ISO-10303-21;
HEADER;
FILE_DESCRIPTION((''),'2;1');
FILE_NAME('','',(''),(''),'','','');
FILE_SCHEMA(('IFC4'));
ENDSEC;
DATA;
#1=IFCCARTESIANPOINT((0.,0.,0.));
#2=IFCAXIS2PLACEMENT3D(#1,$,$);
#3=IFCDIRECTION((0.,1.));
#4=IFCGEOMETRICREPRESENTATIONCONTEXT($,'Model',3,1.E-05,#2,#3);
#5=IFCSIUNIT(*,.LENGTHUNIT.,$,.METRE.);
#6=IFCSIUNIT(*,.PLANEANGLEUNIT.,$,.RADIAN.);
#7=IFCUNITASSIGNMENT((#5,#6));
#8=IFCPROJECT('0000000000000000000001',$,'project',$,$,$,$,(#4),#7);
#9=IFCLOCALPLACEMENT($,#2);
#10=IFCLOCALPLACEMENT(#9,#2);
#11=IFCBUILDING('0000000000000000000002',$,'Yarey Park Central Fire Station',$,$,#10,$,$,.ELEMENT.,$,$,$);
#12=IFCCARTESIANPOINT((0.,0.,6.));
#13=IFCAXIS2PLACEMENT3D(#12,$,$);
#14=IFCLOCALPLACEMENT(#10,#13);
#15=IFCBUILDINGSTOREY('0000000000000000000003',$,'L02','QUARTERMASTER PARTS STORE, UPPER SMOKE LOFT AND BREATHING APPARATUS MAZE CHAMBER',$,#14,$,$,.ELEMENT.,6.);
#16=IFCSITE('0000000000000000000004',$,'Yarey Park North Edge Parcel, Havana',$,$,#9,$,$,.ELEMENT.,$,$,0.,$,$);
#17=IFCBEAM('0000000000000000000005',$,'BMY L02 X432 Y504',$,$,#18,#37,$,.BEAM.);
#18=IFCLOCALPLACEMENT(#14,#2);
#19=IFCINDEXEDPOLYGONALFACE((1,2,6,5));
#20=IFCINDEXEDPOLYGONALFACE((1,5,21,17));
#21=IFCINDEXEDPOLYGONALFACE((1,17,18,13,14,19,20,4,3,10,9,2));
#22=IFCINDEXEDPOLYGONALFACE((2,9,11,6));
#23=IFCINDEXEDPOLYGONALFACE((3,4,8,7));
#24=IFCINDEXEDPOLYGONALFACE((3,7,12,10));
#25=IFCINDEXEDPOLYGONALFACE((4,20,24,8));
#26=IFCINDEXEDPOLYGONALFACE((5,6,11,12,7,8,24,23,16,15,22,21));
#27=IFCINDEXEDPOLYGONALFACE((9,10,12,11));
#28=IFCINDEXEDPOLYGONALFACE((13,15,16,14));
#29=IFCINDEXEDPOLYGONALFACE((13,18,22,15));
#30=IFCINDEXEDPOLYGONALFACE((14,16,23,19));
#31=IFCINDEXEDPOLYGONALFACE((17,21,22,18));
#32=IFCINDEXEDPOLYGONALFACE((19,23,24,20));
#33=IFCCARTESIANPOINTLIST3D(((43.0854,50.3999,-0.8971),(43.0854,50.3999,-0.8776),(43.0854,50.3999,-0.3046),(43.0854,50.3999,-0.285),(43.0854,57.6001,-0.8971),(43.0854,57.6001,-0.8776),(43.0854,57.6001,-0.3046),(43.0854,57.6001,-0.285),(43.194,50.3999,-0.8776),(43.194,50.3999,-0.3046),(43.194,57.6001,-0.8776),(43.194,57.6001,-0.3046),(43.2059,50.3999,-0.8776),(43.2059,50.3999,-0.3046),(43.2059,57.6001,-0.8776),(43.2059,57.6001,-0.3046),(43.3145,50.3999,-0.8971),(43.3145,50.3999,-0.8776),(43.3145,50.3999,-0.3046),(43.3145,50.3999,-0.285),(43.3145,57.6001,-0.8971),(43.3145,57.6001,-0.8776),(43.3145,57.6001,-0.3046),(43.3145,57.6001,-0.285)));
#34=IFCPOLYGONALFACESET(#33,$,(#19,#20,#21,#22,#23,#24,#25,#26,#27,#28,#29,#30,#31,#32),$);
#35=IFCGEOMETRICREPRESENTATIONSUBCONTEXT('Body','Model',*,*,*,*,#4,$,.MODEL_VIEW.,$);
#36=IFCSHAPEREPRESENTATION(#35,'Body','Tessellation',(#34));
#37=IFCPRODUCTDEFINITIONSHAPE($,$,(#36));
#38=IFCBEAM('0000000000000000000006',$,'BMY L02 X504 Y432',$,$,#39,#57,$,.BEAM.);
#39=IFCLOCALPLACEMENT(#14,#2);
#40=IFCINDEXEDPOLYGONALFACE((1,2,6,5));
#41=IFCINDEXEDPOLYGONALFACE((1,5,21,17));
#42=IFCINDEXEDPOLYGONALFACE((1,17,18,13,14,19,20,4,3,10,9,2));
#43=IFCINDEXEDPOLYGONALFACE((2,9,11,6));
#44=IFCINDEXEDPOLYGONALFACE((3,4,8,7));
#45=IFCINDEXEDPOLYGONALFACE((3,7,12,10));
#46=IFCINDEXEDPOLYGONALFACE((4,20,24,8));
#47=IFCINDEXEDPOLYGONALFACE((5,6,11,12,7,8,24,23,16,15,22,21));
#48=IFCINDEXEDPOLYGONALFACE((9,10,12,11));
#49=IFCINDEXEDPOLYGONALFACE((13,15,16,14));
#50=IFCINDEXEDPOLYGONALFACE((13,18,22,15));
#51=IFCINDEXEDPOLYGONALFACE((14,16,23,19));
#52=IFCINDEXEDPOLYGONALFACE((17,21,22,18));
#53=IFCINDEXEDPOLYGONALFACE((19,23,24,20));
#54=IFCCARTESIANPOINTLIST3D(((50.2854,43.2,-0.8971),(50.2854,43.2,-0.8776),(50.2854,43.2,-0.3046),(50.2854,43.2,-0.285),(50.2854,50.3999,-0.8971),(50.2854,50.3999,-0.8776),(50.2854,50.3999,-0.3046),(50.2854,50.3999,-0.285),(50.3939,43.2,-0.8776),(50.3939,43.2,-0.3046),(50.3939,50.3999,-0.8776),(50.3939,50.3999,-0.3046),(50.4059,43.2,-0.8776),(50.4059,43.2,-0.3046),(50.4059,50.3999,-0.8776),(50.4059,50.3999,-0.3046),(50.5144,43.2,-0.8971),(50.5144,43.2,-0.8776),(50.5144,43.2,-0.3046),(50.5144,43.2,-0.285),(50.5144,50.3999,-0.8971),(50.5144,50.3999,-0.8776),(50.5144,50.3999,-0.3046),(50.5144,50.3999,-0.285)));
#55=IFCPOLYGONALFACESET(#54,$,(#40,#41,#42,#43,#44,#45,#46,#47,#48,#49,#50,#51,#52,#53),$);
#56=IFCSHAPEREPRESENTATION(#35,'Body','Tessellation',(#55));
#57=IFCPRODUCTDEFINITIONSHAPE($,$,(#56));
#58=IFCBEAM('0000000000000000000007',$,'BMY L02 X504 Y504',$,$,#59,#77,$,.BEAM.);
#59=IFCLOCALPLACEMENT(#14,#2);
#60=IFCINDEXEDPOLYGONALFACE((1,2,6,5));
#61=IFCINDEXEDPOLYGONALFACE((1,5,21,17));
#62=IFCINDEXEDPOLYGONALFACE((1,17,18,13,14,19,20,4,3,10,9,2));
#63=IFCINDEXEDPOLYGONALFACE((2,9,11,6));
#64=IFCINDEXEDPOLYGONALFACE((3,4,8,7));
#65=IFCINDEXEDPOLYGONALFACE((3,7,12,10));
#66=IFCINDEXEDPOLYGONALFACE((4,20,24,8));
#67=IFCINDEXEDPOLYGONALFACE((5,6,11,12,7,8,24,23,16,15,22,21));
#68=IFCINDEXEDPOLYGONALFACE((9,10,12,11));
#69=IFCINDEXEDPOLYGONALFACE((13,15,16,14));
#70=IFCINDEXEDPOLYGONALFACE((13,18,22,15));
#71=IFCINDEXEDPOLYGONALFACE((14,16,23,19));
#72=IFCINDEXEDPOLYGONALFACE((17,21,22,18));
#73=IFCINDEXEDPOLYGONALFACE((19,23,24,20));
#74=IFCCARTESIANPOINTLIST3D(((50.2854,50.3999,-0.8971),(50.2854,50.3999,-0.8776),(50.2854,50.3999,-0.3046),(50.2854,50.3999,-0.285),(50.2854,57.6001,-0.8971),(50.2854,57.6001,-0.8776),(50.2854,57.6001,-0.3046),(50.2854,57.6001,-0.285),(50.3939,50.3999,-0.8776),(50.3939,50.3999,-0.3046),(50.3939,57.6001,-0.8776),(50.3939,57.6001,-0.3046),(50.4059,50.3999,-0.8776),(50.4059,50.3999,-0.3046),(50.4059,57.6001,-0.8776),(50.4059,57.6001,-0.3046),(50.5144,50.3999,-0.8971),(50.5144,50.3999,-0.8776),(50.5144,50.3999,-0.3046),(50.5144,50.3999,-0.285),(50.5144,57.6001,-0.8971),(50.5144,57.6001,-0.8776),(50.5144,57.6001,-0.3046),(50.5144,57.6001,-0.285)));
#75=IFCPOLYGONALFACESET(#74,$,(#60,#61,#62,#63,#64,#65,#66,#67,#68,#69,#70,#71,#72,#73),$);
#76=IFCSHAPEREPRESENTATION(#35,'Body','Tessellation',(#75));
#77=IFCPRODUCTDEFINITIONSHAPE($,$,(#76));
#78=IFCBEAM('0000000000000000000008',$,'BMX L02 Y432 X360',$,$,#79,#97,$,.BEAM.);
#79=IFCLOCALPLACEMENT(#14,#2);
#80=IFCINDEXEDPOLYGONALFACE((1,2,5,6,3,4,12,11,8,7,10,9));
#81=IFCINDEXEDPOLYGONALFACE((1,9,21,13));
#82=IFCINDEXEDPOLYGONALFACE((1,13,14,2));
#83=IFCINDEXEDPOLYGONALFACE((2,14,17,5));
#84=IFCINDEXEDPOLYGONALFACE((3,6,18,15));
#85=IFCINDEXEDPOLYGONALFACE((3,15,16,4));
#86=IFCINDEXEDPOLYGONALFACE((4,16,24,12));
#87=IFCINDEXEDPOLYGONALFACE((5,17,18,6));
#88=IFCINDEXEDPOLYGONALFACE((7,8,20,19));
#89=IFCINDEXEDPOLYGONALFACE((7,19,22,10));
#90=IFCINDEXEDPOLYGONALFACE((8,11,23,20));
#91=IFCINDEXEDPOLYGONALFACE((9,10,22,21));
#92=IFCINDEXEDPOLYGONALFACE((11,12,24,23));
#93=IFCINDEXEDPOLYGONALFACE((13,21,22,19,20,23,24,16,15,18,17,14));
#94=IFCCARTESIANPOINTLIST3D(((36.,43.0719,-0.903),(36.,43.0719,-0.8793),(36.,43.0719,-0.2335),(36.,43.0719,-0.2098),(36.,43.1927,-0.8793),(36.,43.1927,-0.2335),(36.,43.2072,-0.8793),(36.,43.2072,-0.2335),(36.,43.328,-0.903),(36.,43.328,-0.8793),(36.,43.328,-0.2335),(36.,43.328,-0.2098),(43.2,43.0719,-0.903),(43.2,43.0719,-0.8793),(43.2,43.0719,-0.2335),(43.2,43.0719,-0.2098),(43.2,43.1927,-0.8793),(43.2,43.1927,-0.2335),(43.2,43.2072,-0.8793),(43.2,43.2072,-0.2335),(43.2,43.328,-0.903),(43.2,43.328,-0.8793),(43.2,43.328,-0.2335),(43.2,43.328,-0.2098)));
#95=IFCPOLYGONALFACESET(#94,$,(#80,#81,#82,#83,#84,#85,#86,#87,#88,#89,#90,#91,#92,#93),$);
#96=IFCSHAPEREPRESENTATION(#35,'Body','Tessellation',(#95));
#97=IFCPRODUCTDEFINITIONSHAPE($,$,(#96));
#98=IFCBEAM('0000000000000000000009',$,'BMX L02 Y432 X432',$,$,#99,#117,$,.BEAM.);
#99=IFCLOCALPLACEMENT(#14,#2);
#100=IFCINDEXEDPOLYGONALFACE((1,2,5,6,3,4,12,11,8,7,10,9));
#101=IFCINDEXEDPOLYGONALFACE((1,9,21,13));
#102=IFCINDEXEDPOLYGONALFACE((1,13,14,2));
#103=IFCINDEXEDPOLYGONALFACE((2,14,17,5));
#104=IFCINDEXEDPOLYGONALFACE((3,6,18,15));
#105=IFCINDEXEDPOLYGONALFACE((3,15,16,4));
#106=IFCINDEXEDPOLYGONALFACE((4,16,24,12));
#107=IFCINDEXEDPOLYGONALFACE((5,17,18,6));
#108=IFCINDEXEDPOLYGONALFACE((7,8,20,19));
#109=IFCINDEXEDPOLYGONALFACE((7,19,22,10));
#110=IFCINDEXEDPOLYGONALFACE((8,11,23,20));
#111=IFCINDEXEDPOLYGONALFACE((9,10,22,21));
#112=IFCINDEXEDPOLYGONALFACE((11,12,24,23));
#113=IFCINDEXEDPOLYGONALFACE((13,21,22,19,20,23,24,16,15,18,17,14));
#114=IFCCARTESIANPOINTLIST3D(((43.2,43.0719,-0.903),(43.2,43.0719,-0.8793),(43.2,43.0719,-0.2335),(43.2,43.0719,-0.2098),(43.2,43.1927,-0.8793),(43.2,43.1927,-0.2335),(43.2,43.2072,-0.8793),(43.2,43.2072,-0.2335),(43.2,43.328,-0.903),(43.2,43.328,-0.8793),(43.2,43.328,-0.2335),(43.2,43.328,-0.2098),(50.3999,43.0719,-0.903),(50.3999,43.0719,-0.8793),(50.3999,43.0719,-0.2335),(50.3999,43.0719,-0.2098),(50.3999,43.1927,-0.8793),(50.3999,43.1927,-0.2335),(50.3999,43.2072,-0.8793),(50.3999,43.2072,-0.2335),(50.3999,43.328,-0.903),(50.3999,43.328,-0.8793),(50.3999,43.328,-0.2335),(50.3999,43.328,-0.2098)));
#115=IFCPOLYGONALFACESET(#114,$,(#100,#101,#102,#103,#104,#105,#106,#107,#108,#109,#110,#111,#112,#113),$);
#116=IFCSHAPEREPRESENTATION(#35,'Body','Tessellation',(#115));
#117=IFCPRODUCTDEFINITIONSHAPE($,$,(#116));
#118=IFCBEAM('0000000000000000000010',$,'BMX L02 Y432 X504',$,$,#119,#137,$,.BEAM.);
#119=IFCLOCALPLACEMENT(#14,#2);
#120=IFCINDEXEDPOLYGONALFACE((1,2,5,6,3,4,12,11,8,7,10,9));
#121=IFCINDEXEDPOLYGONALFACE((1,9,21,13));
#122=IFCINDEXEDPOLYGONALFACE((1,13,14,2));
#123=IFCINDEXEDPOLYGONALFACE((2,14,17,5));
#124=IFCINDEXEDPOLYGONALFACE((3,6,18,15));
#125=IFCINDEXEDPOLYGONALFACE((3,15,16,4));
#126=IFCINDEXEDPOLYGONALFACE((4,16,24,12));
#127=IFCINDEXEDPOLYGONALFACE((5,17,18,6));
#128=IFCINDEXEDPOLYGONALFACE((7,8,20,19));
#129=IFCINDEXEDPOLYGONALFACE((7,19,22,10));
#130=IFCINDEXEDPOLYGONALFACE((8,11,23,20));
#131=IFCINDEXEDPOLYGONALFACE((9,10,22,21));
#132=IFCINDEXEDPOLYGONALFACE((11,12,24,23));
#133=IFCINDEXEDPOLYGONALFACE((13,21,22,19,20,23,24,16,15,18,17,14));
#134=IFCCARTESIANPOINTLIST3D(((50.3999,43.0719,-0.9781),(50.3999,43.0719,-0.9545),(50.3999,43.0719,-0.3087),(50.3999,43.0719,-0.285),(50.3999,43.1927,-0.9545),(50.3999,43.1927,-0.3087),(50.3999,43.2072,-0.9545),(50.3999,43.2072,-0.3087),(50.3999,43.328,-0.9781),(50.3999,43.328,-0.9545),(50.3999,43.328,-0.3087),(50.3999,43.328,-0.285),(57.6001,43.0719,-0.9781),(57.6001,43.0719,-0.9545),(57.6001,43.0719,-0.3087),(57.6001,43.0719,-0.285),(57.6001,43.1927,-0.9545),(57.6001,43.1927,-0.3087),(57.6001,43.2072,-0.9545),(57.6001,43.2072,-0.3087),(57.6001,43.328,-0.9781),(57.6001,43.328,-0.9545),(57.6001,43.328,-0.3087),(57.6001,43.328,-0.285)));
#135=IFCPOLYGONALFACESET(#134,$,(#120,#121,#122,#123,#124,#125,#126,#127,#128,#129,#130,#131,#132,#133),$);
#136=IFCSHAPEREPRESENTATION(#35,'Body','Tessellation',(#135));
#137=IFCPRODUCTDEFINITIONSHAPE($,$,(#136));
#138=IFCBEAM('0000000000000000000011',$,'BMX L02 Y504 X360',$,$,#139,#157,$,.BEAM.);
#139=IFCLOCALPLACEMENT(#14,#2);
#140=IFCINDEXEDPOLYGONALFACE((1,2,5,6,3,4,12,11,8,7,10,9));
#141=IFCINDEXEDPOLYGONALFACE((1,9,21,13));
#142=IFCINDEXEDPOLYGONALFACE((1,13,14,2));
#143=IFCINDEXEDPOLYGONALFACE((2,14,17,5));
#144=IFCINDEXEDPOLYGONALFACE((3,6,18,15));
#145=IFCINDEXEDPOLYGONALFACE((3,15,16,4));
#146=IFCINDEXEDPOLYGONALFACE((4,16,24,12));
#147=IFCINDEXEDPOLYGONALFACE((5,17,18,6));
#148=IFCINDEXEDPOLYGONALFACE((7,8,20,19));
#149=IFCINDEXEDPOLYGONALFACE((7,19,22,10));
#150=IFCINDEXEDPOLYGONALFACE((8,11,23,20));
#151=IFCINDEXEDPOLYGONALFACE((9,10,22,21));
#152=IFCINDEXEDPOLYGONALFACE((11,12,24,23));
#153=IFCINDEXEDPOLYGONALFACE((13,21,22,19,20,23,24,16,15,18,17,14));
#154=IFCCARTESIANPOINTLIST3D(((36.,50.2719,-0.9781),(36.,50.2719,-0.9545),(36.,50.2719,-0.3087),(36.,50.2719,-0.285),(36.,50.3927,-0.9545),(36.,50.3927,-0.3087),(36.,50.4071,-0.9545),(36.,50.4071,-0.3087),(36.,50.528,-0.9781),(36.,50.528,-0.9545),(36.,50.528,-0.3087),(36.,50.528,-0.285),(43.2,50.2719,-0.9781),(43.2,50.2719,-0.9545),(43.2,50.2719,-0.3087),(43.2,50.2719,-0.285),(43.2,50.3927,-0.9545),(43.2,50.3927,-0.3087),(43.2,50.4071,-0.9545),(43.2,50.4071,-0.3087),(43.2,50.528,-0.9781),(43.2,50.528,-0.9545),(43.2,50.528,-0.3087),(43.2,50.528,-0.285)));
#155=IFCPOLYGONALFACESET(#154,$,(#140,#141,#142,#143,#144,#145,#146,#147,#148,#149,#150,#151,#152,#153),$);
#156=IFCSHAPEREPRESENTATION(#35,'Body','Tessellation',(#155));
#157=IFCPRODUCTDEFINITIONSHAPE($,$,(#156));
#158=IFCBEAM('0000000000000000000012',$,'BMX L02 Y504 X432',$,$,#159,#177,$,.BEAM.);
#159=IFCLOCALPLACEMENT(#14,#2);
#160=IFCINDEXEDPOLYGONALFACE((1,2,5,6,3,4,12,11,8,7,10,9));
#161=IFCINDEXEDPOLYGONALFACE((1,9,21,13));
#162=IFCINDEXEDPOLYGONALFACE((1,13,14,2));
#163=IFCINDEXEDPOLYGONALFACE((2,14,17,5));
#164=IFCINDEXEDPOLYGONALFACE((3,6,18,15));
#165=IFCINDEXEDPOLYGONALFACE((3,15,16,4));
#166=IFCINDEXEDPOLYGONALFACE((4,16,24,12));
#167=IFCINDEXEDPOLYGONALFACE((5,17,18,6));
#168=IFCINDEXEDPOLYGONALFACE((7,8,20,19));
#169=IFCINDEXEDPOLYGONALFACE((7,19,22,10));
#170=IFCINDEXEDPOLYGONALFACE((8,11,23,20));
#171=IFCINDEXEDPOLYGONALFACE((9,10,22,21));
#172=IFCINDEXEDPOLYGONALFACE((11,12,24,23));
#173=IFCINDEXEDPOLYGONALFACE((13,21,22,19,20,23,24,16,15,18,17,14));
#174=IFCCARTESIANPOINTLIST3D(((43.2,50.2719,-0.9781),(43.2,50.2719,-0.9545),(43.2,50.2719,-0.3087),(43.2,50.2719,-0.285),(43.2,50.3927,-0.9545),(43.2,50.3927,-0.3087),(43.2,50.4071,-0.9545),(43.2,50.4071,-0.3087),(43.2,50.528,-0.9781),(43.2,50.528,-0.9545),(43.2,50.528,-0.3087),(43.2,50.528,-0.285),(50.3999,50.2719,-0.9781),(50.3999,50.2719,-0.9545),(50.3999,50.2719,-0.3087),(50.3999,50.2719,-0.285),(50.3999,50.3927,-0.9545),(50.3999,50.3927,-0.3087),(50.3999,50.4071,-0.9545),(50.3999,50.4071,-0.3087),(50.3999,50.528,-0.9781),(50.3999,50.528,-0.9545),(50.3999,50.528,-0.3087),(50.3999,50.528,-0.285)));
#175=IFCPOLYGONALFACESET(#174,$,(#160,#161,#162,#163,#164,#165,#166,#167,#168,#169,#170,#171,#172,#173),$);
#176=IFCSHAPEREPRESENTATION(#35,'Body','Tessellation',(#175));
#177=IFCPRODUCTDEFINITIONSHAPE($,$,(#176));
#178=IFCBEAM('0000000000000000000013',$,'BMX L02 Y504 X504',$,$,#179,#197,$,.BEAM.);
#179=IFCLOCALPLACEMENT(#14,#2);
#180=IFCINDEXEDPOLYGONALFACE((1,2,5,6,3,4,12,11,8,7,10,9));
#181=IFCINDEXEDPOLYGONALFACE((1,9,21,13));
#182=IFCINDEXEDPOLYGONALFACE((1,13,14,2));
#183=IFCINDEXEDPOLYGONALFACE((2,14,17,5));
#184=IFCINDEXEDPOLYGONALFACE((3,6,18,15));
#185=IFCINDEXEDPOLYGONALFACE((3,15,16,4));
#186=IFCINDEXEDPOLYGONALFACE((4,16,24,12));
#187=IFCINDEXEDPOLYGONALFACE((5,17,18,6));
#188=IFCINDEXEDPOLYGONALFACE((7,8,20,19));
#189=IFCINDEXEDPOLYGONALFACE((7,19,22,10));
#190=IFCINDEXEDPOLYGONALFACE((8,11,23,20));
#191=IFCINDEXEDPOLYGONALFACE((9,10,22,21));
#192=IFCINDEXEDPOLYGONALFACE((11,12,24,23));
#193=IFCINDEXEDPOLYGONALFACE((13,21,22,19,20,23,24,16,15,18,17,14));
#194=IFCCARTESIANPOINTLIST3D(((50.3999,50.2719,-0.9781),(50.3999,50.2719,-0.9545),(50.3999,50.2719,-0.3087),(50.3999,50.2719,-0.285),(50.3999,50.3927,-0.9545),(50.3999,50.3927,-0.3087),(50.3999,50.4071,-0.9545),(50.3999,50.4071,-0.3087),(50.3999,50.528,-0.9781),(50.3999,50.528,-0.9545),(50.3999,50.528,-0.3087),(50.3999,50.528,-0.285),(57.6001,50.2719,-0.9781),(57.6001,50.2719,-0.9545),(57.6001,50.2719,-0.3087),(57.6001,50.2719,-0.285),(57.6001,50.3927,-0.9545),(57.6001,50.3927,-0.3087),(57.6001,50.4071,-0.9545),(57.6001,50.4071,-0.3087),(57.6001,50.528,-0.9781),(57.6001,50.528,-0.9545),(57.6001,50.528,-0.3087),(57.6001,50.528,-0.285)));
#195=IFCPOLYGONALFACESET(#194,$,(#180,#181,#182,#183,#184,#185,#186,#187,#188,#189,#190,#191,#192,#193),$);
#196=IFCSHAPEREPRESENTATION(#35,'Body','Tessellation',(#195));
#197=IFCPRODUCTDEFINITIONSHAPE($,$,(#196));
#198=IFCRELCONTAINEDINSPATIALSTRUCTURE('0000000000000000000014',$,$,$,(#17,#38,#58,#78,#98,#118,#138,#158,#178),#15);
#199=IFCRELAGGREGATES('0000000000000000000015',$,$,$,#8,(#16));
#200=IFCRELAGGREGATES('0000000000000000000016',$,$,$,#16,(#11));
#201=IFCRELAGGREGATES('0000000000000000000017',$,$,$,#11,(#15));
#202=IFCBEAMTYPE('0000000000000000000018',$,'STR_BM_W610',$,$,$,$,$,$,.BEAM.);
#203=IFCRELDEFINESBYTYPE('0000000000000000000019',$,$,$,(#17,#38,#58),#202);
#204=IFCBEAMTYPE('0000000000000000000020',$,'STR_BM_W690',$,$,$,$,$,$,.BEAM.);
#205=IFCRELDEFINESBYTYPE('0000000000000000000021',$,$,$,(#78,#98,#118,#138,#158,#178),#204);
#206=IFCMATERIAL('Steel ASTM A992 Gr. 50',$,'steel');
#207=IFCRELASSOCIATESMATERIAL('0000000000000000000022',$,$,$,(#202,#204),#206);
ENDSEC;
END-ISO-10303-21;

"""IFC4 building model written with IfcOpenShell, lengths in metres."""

from ifc_helpers import new_model, si_unit, direction, frame, origin, origin_2d, place, context, subcontext, project, spatial, i_section, extrude, material, material_profile, profile_set, type_object, element, save


model = new_model("IFC4")

# Units and contexts
model_context = context("Model", 3, precision=1e-05, world=origin(), true_north=direction((0.0, 1.0)))
body_context = subcontext(model_context, "Body", "Model", "MODEL_VIEW")
ifc_project = project(units=[si_unit("LENGTHUNIT", "METRE"), si_unit("PLANEANGLEUNIT", "RADIAN")], contexts=[model_context])

# Site, building, storey
site_placement = place(None, origin())
site = spatial("IfcSite", under=ifc_project, at=site_placement, Name="Yarey Park North Edge Parcel, Havana", CompositionType="ELEMENT", RefElevation=0.0)
building_placement = place(site_placement, origin())
building = spatial("IfcBuilding", under=site, at=building_placement, Name="Yarey Park Central Fire Station", CompositionType="ELEMENT")
storey_placement = place(building_placement, frame((0.0, 0.0, 6.0)))
storey = spatial("IfcBuildingStorey", under=building, at=storey_placement, Name="L02", Description="QUARTERMASTER PARTS STORE, UPPER SMOKE LOFT AND BREATHING APPARATUS MAZE CHAMBER", CompositionType="ELEMENT", Elevation=6.0)

# Shared definitions
ifc_material_1 = material(Name="Steel ASTM A992 Gr. 50", Category="steel")

# Beams
ifc_material_profile_1 = material_profile(ifc_material_1, i_section(OverallWidth=0.229, OverallDepth=0.6121, WebThickness=0.012, FlangeThickness=0.0195, at=origin_2d()), Name="W610x125")
ifc_profile_set_1 = profile_set([ifc_material_profile_1], Name="Steel ASTM A992 Gr. 50")
beam_type_1 = type_object("IfcBeamType", Name="STR_BM_W610", PredefinedType="BEAM", material=ifc_profile_set_1)
beam_1_placement = place(storey_placement, frame((43.2, 50.3999, -0.5911), z_axis=(0.0, 1.0, 0.0), x_axis=(-1.0, 0.0, 0.0)))
element("IfcBeam", 1, at=beam_1_placement, inside=storey, type_object=beam_type_1, Name="BMY L02 X432 Y504", PredefinedType="BEAM", context=body_context, shape_type="SweptSolid", body=[
    extrude(i_section(OverallWidth=0.229, OverallDepth=0.6121, WebThickness=0.012, FlangeThickness=0.0195, at=origin_2d()), origin(), (0.0, 0.0, 1.0), 7.2002),
])
beam_2_placement = place(storey_placement, frame((50.3999, 43.2, -0.5911), z_axis=(0.0, 1.0, 0.0), x_axis=(-1.0, 0.0, 0.0)))
element("IfcBeam", 2, at=beam_2_placement, inside=storey, type_object=beam_type_1, Name="BMY L02 X504 Y432", PredefinedType="BEAM", context=body_context, shape_type="SweptSolid", body=[
    extrude(i_section(OverallWidth=0.229, OverallDepth=0.6121, WebThickness=0.012, FlangeThickness=0.0195, at=origin_2d()), origin(), (0.0, 0.0, 1.0), 7.2),
])
beam_3_placement = place(storey_placement, frame((50.3999, 50.3999, -0.5911), z_axis=(0.0, 1.0, 0.0), x_axis=(-1.0, 0.0, 0.0)))
element("IfcBeam", 3, at=beam_3_placement, inside=storey, type_object=beam_type_1, Name="BMY L02 X504 Y504", PredefinedType="BEAM", context=body_context, shape_type="SweptSolid", body=[
    extrude(i_section(OverallWidth=0.229, OverallDepth=0.6121, WebThickness=0.012, FlangeThickness=0.0195, at=origin_2d()), origin(), (0.0, 0.0, 1.0), 7.2002),
])
ifc_material_profile_2 = material_profile(ifc_material_1, i_section(OverallWidth=0.2561, OverallDepth=0.6931, WebThickness=0.0144, FlangeThickness=0.0237, at=origin_2d()), Name="W690x170")
ifc_profile_set_2 = profile_set([ifc_material_profile_2], Name="Steel ASTM A992 Gr. 50")
beam_type_2 = type_object("IfcBeamType", Name="STR_BM_W690", PredefinedType="BEAM", material=ifc_profile_set_2)
for number, where, z_axis, x_axis, name in (
    (4, (36.0, 43.2, -0.5564), (1.0, 0.0, 0.0), (0.0, 1.0, 0.0), "BMX L02 Y432 X360"),
    (5, (43.2, 43.2, -0.5564), (1.0, 0.0, 0.0), (0.0, 1.0, 0.0), "BMX L02 Y432 X432"),
):
    element("IfcBeam", number, at=place(storey_placement, frame(where, z_axis=z_axis, x_axis=x_axis)), inside=storey, type_object=beam_type_2, Name=name, PredefinedType="BEAM", context=body_context, shape_type="SweptSolid", body=[
        extrude(i_section(OverallWidth=0.2561, OverallDepth=0.6931, WebThickness=0.0144, FlangeThickness=0.0237, at=origin_2d()), origin(), (0.0, 0.0, 1.0), 7.2),
    ])
beam_4_placement = place(storey_placement, frame((50.3999, 43.2, -0.6316), z_axis=(1.0, 0.0, 0.0), x_axis=(0.0, 1.0, 0.0)))
element("IfcBeam", 6, at=beam_4_placement, inside=storey, type_object=beam_type_2, Name="BMX L02 Y432 X504", PredefinedType="BEAM", context=body_context, shape_type="SweptSolid", body=[
    extrude(i_section(OverallWidth=0.2561, OverallDepth=0.6931, WebThickness=0.0144, FlangeThickness=0.0237, at=origin_2d()), origin(), (0.0, 0.0, 1.0), 7.2002),
])
for number, where, z_axis, x_axis, name in (
    (7, (36.0, 50.3999, -0.6316), (1.0, 0.0, 0.0), (0.0, 1.0, 0.0), "BMX L02 Y504 X360"),
    (8, (43.2, 50.3999, -0.6316), (1.0, 0.0, 0.0), (0.0, 1.0, 0.0), "BMX L02 Y504 X432"),
):
    element("IfcBeam", number, at=place(storey_placement, frame(where, z_axis=z_axis, x_axis=x_axis)), inside=storey, type_object=beam_type_2, Name=name, PredefinedType="BEAM", context=body_context, shape_type="SweptSolid", body=[
        extrude(i_section(OverallWidth=0.2561, OverallDepth=0.6931, WebThickness=0.0144, FlangeThickness=0.0237, at=origin_2d()), origin(), (0.0, 0.0, 1.0), 7.2),
    ])
beam_5_placement = place(storey_placement, frame((50.3999, 50.3999, -0.6316), z_axis=(1.0, 0.0, 0.0), x_axis=(0.0, 1.0, 0.0)))
element("IfcBeam", 9, at=beam_5_placement, inside=storey, type_object=beam_type_2, Name="BMX L02 Y504 X504", PredefinedType="BEAM", context=body_context, shape_type="SweptSolid", body=[
    extrude(i_section(OverallWidth=0.2561, OverallDepth=0.6931, WebThickness=0.0144, FlangeThickness=0.0237, at=origin_2d()), origin(), (0.0, 0.0, 1.0), 7.2002),
])

save(model, "model.ifc")
